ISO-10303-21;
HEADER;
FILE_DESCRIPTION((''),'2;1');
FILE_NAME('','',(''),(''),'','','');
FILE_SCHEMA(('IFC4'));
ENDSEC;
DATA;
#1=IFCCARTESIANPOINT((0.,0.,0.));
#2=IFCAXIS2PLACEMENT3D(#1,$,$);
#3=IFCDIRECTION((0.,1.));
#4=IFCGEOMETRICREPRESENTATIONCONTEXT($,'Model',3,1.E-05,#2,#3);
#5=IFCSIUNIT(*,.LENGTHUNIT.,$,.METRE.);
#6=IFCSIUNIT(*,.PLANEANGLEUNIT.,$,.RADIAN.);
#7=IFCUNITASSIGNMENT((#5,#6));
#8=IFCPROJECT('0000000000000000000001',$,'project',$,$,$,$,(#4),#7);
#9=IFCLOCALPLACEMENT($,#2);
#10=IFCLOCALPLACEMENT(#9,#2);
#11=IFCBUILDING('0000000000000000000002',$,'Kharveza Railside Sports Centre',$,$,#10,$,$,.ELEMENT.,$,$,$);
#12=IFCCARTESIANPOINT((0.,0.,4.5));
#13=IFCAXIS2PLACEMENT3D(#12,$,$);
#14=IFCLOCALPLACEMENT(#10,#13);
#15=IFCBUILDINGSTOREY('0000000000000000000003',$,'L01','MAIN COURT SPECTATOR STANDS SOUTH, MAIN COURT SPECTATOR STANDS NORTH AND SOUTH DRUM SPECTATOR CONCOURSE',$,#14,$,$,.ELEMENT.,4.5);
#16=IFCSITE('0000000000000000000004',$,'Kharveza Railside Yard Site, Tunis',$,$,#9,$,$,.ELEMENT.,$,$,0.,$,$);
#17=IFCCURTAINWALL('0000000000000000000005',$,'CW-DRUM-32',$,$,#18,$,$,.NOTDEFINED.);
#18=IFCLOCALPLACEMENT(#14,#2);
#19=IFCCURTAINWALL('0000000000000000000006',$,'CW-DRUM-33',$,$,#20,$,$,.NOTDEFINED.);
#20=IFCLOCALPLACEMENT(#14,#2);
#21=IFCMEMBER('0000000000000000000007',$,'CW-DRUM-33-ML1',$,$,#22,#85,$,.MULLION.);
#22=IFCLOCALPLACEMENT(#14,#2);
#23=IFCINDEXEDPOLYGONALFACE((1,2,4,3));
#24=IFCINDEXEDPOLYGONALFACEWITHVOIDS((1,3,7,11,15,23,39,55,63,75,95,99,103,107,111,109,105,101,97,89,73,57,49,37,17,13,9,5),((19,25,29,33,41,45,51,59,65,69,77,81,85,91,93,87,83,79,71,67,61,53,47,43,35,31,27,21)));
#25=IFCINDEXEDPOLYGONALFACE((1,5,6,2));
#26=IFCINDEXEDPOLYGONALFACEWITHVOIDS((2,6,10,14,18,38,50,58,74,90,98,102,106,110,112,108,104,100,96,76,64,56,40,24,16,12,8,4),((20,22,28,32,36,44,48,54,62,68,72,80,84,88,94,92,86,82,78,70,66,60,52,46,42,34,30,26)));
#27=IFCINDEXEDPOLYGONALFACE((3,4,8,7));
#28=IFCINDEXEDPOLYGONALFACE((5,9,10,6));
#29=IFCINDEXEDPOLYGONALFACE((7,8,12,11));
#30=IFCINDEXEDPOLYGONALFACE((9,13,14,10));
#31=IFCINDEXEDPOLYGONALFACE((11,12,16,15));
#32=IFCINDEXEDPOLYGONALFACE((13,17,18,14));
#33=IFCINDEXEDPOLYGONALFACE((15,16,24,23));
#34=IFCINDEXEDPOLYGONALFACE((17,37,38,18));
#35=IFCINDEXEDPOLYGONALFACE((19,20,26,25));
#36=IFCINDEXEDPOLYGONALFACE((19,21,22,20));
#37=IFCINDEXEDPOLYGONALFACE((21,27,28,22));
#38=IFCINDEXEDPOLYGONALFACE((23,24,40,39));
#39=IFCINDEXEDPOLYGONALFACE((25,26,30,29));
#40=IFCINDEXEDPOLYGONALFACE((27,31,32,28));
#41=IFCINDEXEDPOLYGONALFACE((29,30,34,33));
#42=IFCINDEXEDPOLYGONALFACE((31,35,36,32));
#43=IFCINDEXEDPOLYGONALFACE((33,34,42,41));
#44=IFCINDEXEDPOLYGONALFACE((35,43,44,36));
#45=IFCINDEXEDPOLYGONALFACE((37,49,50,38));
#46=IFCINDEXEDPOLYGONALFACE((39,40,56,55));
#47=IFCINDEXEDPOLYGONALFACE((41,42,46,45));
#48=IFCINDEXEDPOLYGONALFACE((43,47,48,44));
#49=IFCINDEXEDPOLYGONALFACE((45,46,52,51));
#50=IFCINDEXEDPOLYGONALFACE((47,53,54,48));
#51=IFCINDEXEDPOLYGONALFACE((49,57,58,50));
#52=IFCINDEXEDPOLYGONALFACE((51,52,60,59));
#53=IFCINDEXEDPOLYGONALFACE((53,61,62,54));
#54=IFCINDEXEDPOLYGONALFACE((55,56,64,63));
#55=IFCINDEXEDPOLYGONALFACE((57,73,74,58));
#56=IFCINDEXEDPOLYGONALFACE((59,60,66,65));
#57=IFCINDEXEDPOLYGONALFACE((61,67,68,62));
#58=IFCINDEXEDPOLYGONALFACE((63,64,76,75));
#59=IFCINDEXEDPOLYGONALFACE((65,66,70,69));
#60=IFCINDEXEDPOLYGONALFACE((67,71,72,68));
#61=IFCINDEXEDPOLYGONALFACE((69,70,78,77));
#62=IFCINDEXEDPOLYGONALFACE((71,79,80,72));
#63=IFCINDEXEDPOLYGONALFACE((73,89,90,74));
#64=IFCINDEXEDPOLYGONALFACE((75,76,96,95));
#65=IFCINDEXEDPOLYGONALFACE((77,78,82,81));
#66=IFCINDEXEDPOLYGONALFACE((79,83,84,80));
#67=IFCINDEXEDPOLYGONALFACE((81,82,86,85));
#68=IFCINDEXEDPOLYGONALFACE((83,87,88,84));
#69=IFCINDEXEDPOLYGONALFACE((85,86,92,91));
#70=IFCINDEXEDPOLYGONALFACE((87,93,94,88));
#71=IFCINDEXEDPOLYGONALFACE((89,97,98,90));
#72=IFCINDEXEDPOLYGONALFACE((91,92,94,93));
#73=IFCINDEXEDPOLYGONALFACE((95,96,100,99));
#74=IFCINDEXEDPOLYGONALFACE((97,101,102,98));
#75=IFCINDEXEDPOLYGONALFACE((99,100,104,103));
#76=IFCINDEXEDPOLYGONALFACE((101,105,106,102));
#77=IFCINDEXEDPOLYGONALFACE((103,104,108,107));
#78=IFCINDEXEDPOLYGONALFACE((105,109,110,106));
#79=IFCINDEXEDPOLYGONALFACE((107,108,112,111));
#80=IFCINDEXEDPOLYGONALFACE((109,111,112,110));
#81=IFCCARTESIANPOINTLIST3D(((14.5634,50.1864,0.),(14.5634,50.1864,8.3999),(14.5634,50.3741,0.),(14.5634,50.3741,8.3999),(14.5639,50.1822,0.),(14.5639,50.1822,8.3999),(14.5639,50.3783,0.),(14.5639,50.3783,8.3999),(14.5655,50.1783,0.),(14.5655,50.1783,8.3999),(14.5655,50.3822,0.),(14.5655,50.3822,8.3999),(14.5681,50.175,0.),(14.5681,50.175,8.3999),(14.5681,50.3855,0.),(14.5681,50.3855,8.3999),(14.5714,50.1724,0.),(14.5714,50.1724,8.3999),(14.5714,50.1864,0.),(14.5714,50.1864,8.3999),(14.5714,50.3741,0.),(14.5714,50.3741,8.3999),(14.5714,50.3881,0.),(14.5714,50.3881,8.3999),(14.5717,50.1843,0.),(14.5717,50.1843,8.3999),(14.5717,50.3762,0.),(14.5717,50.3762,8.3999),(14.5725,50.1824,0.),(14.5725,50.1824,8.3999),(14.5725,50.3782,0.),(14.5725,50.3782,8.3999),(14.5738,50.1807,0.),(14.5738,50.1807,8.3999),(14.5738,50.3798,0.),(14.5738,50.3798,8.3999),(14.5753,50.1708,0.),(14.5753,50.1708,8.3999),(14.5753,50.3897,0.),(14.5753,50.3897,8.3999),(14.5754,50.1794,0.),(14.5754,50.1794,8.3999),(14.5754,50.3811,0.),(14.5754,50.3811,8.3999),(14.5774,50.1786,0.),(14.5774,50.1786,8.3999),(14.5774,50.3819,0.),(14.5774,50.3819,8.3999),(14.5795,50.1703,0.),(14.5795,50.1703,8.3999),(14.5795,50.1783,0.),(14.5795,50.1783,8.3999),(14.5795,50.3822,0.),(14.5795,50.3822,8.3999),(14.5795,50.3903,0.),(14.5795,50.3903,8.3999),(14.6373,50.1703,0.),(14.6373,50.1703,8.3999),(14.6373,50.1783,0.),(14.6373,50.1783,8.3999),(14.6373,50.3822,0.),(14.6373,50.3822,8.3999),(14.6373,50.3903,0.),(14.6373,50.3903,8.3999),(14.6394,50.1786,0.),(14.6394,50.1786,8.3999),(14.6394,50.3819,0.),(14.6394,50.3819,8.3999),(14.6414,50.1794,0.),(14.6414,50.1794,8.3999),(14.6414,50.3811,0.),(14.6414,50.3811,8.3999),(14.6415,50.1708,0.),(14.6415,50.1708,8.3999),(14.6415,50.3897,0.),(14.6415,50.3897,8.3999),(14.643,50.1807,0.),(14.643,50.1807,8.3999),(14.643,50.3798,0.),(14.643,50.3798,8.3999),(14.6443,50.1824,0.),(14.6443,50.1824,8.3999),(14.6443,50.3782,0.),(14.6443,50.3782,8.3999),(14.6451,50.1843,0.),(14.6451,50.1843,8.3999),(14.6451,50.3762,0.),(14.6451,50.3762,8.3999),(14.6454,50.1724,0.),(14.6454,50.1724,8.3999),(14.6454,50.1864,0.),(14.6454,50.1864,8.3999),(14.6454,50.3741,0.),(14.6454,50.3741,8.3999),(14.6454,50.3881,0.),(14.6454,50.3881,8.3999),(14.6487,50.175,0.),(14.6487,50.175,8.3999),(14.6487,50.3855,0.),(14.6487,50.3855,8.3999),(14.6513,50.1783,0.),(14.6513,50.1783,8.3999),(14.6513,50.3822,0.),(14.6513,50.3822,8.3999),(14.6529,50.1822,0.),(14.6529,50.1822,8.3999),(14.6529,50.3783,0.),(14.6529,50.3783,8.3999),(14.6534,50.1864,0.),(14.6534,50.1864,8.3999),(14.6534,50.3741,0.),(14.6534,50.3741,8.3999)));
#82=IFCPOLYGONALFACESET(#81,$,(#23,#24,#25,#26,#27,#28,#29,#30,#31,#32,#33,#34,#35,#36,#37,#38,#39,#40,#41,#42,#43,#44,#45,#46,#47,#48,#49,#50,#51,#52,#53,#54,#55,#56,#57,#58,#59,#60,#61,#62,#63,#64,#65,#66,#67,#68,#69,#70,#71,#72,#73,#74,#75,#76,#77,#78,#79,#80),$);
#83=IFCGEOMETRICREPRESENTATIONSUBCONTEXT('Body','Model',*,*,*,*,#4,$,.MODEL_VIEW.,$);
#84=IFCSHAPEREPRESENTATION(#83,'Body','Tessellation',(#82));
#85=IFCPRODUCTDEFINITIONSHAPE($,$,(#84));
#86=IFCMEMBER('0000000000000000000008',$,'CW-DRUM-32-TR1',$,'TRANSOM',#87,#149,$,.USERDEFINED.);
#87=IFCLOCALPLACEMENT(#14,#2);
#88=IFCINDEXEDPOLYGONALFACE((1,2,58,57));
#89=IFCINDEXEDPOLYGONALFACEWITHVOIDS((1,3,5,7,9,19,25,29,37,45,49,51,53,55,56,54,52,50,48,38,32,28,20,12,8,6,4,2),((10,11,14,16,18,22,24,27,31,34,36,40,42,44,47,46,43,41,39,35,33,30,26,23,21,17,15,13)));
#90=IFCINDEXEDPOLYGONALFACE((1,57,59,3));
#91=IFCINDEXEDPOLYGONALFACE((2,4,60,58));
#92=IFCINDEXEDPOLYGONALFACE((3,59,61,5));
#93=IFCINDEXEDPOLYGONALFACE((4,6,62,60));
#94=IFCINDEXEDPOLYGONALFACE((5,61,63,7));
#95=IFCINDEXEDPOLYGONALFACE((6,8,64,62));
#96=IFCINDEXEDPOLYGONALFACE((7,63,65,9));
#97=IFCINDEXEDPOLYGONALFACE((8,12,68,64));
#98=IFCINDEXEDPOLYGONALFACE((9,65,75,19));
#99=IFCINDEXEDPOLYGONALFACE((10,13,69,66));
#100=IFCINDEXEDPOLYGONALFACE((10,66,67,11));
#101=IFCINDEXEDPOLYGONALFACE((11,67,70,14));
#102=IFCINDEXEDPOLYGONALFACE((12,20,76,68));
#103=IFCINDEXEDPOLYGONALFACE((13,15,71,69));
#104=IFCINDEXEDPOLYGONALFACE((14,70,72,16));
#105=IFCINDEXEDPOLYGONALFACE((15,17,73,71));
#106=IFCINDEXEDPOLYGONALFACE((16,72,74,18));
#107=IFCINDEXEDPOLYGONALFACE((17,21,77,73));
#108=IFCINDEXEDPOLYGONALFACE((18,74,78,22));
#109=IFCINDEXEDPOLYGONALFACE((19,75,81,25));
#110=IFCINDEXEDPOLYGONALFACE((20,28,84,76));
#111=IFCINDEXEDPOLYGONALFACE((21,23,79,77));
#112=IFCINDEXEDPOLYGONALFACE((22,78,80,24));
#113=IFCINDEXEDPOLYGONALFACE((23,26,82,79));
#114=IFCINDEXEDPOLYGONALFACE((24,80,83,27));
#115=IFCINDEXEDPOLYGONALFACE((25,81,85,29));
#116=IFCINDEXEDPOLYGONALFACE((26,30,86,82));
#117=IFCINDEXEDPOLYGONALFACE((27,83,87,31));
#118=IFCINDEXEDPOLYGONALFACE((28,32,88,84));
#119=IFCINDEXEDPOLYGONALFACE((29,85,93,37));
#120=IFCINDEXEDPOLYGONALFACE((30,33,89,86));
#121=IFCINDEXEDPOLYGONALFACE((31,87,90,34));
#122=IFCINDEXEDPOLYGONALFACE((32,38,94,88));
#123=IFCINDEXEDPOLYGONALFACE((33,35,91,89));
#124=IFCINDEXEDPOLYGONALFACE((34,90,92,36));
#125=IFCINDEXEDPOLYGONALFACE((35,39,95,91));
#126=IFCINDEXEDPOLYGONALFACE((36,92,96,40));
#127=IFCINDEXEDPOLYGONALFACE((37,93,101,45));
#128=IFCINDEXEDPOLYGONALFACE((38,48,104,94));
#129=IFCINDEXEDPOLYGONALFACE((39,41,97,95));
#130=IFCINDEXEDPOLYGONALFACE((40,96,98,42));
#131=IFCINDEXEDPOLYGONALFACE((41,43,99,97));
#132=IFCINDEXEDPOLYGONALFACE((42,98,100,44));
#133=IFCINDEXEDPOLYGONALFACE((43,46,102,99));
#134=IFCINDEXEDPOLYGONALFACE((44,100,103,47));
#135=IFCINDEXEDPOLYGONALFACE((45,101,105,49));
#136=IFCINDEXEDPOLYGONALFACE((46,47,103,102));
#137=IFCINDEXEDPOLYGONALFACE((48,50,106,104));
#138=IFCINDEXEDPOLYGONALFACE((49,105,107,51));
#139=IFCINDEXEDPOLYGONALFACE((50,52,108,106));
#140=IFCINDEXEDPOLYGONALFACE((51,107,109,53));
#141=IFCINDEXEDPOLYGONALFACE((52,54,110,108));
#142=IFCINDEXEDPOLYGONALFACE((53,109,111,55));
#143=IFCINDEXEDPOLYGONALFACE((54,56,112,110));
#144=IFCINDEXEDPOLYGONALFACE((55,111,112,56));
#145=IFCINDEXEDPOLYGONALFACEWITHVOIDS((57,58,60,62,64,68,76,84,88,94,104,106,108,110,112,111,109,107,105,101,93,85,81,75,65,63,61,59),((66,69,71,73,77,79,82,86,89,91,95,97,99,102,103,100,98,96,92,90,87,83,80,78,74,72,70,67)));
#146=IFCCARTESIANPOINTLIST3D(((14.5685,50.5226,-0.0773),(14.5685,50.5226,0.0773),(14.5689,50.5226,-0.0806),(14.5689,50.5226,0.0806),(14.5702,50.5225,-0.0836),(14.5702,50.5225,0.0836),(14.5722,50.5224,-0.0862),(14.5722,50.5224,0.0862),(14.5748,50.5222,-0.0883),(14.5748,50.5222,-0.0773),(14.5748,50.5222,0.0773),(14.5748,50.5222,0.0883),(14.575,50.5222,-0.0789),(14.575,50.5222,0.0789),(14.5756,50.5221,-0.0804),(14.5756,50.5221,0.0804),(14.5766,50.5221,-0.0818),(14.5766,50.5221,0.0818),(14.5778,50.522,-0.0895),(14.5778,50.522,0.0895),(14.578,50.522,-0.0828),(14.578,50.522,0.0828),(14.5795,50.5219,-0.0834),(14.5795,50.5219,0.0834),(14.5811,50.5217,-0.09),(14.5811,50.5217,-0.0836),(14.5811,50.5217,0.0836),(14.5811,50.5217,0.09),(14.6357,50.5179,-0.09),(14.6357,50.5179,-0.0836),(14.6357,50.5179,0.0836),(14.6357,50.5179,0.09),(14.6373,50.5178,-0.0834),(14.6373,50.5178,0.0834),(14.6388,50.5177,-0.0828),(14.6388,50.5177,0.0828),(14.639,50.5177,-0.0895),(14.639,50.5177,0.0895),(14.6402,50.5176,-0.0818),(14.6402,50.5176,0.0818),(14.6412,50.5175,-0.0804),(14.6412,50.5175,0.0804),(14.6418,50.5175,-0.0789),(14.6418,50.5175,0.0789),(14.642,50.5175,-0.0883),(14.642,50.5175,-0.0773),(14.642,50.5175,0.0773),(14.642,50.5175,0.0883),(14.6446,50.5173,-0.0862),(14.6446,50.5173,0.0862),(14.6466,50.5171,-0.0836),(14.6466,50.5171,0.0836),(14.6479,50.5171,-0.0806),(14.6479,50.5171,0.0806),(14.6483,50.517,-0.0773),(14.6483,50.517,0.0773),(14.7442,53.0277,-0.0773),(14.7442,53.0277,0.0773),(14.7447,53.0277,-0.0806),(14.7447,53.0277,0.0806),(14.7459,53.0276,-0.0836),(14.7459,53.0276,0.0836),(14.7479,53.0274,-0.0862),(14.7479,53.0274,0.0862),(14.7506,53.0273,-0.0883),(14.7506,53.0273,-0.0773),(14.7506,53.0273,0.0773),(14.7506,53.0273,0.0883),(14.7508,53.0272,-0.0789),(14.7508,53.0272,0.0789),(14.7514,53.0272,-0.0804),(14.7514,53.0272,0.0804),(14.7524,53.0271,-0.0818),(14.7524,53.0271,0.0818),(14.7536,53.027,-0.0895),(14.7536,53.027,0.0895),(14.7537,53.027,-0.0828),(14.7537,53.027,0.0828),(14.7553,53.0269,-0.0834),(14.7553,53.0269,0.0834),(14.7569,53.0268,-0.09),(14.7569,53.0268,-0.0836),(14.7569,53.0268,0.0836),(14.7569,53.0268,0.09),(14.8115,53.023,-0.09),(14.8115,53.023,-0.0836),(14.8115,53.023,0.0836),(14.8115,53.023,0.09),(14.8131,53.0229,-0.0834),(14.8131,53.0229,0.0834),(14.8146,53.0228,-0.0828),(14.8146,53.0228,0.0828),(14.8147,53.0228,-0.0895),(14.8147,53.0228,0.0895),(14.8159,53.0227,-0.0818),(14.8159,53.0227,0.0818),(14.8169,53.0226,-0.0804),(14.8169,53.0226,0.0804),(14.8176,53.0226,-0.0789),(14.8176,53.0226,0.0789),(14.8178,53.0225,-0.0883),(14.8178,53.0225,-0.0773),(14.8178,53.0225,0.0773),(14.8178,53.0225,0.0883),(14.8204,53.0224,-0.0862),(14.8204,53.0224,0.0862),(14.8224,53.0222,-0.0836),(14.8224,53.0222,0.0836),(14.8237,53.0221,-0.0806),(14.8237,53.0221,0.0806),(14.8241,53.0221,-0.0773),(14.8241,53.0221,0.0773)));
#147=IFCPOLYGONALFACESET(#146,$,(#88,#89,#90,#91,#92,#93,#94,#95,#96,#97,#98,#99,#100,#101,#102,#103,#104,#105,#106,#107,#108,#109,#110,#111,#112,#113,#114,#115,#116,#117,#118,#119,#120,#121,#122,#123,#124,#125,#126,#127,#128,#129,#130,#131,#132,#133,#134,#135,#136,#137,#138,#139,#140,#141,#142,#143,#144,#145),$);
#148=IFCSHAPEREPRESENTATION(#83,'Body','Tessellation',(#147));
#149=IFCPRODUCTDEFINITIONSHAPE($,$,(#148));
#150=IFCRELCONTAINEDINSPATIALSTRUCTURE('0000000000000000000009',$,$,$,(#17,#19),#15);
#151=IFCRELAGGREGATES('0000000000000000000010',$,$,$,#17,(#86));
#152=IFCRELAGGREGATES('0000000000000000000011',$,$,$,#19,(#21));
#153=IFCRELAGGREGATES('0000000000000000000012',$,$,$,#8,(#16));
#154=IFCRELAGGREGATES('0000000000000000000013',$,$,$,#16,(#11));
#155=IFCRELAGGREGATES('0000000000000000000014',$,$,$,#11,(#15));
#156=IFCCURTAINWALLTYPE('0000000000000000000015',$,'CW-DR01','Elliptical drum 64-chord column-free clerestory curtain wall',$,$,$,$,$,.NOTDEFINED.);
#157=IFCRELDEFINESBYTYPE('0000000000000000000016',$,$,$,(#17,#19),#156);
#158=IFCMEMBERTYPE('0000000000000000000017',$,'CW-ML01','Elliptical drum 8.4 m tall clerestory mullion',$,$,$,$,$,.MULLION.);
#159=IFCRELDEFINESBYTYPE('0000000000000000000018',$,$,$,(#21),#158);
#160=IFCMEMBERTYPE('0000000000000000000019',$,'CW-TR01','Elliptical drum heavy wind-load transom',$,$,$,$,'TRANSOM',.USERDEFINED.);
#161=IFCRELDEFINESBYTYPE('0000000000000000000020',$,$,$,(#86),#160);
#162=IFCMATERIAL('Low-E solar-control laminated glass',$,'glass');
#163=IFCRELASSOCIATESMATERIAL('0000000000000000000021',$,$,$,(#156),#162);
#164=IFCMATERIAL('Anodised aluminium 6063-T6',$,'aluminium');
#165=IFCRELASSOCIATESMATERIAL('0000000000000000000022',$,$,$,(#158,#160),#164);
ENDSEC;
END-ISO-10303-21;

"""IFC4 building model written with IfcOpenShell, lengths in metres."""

from ifc_helpers import new_model, si_unit, direction, frame, origin, origin_2d, place, context, subcontext, project, spatial, hollow_rectangle, extrude, material, material_profile, profile_set, type_object, element, aggregate, save


model = new_model("IFC4")

# Units and contexts
model_context = context("Model", 3, precision=1e-05, world=origin(), true_north=direction((0.0, 1.0)))
body_context = subcontext(model_context, "Body", "Model", "MODEL_VIEW")
ifc_project = project(units=[si_unit("LENGTHUNIT", "METRE"), si_unit("PLANEANGLEUNIT", "RADIAN")], contexts=[model_context])

# Site, building, storey
site_placement = place(None, origin())
site = spatial("IfcSite", under=ifc_project, at=site_placement, Name="Kharveza Railside Yard Site, Tunis", CompositionType="ELEMENT", RefElevation=0.0)
building_placement = place(site_placement, origin())
building = spatial("IfcBuilding", under=site, at=building_placement, Name="Kharveza Railside Sports Centre", CompositionType="ELEMENT")
storey_placement = place(building_placement, frame((0.0, 0.0, 4.5)))
storey = spatial("IfcBuildingStorey", under=building, at=storey_placement, Name="L01", Description="MAIN COURT SPECTATOR STANDS SOUTH, MAIN COURT SPECTATOR STANDS NORTH AND SOUTH DRUM SPECTATOR CONCOURSE", CompositionType="ELEMENT", Elevation=4.5)

# Shared definitions
ifc_material_1 = material(Name="Low-E solar-control laminated glass", Category="glass")
curtain_wall_type = type_object("IfcCurtainWallType", Name="CW-DR01", Description="Elliptical drum 64-chord column-free clerestory curtain wall", PredefinedType="NOTDEFINED", material=ifc_material_1)
ifc_material_2 = material(Name="Anodised aluminium 6063-T6", Category="aluminium")
ifc_material_profile_1 = material_profile(ifc_material_2, hollow_rectangle(XDim=0.0901, YDim=0.22, WallThickness=0.0081, InnerFilletRadius=0.0081, OuterFilletRadius=0.0161, at=origin_2d()), Name="RHS 90x220x8.0")
ifc_profile_set_1 = profile_set([ifc_material_profile_1], Name="Anodised aluminium 6063-T6")
member_type_1 = type_object("IfcMemberType", Name="CW-ML01", Description="Elliptical drum 8.4 m tall clerestory mullion", PredefinedType="MULLION", material=ifc_profile_set_1)

# Curtain wall
curtain_wall_1_placement = place(storey_placement, origin())
curtain_wall_1 = element("IfcCurtainWall", 1, at=curtain_wall_1_placement, inside=storey, type_object=curtain_wall_type, Name="CW-DRUM-32", PredefinedType="NOTDEFINED")

# Curtain wall, member
curtain_wall_2_placement = place(storey_placement, origin())
curtain_wall_2 = element("IfcCurtainWall", 2, at=curtain_wall_2_placement, inside=storey, type_object=curtain_wall_type, Name="CW-DRUM-33", PredefinedType="NOTDEFINED")
member_1_placement = place(storey_placement, frame((14.6084, 50.2803, 0.0), z_axis=(0.0, 0.0, 1.0), x_axis=(1.0, 0.0, 0.0)))
member_1 = element("IfcMember", 3, at=member_1_placement, type_object=member_type_1, Name="CW-DRUM-33-ML1", PredefinedType="MULLION", context=body_context, shape_type="SweptSolid", body=[
    extrude(hollow_rectangle(XDim=0.0901, YDim=0.22, WallThickness=0.0081, InnerFilletRadius=0.0081, OuterFilletRadius=0.0161, at=origin_2d()), origin(), (0.0, 0.0, 1.0), 8.3999),
])

# Member
ifc_material_profile_2 = material_profile(ifc_material_2, hollow_rectangle(XDim=0.0801, YDim=0.1799, WallThickness=0.0063, InnerFilletRadius=0.0063, OuterFilletRadius=0.0127, at=origin_2d()), Name="RHS 80x180x6.3")
ifc_profile_set_2 = profile_set([ifc_material_profile_2], Name="Anodised aluminium 6063-T6")
member_type_2 = type_object("IfcMemberType", Name="CW-TR01", Description="Elliptical drum heavy wind-load transom", ElementType="TRANSOM", PredefinedType="USERDEFINED", material=ifc_profile_set_2)
member_2_placement = place(storey_placement, frame((14.7842, 53.0249, 0.0), z_axis=(-0.069996, -0.997547, 0.0), x_axis=(0.997547, -0.069996, 0.0)))
member_2 = element("IfcMember", 4, at=member_2_placement, type_object=member_type_2, Name="CW-DRUM-32-TR1", ObjectType="TRANSOM", PredefinedType="USERDEFINED", context=body_context, shape_type="SweptSolid", body=[
    extrude(hollow_rectangle(XDim=0.0801, YDim=0.1799, WallThickness=0.0063, InnerFilletRadius=0.0063, OuterFilletRadius=0.0127, at=origin_2d()), origin(), (0.0, 0.0, 1.0), 2.5112),
])

aggregate(curtain_wall_1, [member_2])
aggregate(curtain_wall_2, [member_1])

save(model, "model.ifc")
